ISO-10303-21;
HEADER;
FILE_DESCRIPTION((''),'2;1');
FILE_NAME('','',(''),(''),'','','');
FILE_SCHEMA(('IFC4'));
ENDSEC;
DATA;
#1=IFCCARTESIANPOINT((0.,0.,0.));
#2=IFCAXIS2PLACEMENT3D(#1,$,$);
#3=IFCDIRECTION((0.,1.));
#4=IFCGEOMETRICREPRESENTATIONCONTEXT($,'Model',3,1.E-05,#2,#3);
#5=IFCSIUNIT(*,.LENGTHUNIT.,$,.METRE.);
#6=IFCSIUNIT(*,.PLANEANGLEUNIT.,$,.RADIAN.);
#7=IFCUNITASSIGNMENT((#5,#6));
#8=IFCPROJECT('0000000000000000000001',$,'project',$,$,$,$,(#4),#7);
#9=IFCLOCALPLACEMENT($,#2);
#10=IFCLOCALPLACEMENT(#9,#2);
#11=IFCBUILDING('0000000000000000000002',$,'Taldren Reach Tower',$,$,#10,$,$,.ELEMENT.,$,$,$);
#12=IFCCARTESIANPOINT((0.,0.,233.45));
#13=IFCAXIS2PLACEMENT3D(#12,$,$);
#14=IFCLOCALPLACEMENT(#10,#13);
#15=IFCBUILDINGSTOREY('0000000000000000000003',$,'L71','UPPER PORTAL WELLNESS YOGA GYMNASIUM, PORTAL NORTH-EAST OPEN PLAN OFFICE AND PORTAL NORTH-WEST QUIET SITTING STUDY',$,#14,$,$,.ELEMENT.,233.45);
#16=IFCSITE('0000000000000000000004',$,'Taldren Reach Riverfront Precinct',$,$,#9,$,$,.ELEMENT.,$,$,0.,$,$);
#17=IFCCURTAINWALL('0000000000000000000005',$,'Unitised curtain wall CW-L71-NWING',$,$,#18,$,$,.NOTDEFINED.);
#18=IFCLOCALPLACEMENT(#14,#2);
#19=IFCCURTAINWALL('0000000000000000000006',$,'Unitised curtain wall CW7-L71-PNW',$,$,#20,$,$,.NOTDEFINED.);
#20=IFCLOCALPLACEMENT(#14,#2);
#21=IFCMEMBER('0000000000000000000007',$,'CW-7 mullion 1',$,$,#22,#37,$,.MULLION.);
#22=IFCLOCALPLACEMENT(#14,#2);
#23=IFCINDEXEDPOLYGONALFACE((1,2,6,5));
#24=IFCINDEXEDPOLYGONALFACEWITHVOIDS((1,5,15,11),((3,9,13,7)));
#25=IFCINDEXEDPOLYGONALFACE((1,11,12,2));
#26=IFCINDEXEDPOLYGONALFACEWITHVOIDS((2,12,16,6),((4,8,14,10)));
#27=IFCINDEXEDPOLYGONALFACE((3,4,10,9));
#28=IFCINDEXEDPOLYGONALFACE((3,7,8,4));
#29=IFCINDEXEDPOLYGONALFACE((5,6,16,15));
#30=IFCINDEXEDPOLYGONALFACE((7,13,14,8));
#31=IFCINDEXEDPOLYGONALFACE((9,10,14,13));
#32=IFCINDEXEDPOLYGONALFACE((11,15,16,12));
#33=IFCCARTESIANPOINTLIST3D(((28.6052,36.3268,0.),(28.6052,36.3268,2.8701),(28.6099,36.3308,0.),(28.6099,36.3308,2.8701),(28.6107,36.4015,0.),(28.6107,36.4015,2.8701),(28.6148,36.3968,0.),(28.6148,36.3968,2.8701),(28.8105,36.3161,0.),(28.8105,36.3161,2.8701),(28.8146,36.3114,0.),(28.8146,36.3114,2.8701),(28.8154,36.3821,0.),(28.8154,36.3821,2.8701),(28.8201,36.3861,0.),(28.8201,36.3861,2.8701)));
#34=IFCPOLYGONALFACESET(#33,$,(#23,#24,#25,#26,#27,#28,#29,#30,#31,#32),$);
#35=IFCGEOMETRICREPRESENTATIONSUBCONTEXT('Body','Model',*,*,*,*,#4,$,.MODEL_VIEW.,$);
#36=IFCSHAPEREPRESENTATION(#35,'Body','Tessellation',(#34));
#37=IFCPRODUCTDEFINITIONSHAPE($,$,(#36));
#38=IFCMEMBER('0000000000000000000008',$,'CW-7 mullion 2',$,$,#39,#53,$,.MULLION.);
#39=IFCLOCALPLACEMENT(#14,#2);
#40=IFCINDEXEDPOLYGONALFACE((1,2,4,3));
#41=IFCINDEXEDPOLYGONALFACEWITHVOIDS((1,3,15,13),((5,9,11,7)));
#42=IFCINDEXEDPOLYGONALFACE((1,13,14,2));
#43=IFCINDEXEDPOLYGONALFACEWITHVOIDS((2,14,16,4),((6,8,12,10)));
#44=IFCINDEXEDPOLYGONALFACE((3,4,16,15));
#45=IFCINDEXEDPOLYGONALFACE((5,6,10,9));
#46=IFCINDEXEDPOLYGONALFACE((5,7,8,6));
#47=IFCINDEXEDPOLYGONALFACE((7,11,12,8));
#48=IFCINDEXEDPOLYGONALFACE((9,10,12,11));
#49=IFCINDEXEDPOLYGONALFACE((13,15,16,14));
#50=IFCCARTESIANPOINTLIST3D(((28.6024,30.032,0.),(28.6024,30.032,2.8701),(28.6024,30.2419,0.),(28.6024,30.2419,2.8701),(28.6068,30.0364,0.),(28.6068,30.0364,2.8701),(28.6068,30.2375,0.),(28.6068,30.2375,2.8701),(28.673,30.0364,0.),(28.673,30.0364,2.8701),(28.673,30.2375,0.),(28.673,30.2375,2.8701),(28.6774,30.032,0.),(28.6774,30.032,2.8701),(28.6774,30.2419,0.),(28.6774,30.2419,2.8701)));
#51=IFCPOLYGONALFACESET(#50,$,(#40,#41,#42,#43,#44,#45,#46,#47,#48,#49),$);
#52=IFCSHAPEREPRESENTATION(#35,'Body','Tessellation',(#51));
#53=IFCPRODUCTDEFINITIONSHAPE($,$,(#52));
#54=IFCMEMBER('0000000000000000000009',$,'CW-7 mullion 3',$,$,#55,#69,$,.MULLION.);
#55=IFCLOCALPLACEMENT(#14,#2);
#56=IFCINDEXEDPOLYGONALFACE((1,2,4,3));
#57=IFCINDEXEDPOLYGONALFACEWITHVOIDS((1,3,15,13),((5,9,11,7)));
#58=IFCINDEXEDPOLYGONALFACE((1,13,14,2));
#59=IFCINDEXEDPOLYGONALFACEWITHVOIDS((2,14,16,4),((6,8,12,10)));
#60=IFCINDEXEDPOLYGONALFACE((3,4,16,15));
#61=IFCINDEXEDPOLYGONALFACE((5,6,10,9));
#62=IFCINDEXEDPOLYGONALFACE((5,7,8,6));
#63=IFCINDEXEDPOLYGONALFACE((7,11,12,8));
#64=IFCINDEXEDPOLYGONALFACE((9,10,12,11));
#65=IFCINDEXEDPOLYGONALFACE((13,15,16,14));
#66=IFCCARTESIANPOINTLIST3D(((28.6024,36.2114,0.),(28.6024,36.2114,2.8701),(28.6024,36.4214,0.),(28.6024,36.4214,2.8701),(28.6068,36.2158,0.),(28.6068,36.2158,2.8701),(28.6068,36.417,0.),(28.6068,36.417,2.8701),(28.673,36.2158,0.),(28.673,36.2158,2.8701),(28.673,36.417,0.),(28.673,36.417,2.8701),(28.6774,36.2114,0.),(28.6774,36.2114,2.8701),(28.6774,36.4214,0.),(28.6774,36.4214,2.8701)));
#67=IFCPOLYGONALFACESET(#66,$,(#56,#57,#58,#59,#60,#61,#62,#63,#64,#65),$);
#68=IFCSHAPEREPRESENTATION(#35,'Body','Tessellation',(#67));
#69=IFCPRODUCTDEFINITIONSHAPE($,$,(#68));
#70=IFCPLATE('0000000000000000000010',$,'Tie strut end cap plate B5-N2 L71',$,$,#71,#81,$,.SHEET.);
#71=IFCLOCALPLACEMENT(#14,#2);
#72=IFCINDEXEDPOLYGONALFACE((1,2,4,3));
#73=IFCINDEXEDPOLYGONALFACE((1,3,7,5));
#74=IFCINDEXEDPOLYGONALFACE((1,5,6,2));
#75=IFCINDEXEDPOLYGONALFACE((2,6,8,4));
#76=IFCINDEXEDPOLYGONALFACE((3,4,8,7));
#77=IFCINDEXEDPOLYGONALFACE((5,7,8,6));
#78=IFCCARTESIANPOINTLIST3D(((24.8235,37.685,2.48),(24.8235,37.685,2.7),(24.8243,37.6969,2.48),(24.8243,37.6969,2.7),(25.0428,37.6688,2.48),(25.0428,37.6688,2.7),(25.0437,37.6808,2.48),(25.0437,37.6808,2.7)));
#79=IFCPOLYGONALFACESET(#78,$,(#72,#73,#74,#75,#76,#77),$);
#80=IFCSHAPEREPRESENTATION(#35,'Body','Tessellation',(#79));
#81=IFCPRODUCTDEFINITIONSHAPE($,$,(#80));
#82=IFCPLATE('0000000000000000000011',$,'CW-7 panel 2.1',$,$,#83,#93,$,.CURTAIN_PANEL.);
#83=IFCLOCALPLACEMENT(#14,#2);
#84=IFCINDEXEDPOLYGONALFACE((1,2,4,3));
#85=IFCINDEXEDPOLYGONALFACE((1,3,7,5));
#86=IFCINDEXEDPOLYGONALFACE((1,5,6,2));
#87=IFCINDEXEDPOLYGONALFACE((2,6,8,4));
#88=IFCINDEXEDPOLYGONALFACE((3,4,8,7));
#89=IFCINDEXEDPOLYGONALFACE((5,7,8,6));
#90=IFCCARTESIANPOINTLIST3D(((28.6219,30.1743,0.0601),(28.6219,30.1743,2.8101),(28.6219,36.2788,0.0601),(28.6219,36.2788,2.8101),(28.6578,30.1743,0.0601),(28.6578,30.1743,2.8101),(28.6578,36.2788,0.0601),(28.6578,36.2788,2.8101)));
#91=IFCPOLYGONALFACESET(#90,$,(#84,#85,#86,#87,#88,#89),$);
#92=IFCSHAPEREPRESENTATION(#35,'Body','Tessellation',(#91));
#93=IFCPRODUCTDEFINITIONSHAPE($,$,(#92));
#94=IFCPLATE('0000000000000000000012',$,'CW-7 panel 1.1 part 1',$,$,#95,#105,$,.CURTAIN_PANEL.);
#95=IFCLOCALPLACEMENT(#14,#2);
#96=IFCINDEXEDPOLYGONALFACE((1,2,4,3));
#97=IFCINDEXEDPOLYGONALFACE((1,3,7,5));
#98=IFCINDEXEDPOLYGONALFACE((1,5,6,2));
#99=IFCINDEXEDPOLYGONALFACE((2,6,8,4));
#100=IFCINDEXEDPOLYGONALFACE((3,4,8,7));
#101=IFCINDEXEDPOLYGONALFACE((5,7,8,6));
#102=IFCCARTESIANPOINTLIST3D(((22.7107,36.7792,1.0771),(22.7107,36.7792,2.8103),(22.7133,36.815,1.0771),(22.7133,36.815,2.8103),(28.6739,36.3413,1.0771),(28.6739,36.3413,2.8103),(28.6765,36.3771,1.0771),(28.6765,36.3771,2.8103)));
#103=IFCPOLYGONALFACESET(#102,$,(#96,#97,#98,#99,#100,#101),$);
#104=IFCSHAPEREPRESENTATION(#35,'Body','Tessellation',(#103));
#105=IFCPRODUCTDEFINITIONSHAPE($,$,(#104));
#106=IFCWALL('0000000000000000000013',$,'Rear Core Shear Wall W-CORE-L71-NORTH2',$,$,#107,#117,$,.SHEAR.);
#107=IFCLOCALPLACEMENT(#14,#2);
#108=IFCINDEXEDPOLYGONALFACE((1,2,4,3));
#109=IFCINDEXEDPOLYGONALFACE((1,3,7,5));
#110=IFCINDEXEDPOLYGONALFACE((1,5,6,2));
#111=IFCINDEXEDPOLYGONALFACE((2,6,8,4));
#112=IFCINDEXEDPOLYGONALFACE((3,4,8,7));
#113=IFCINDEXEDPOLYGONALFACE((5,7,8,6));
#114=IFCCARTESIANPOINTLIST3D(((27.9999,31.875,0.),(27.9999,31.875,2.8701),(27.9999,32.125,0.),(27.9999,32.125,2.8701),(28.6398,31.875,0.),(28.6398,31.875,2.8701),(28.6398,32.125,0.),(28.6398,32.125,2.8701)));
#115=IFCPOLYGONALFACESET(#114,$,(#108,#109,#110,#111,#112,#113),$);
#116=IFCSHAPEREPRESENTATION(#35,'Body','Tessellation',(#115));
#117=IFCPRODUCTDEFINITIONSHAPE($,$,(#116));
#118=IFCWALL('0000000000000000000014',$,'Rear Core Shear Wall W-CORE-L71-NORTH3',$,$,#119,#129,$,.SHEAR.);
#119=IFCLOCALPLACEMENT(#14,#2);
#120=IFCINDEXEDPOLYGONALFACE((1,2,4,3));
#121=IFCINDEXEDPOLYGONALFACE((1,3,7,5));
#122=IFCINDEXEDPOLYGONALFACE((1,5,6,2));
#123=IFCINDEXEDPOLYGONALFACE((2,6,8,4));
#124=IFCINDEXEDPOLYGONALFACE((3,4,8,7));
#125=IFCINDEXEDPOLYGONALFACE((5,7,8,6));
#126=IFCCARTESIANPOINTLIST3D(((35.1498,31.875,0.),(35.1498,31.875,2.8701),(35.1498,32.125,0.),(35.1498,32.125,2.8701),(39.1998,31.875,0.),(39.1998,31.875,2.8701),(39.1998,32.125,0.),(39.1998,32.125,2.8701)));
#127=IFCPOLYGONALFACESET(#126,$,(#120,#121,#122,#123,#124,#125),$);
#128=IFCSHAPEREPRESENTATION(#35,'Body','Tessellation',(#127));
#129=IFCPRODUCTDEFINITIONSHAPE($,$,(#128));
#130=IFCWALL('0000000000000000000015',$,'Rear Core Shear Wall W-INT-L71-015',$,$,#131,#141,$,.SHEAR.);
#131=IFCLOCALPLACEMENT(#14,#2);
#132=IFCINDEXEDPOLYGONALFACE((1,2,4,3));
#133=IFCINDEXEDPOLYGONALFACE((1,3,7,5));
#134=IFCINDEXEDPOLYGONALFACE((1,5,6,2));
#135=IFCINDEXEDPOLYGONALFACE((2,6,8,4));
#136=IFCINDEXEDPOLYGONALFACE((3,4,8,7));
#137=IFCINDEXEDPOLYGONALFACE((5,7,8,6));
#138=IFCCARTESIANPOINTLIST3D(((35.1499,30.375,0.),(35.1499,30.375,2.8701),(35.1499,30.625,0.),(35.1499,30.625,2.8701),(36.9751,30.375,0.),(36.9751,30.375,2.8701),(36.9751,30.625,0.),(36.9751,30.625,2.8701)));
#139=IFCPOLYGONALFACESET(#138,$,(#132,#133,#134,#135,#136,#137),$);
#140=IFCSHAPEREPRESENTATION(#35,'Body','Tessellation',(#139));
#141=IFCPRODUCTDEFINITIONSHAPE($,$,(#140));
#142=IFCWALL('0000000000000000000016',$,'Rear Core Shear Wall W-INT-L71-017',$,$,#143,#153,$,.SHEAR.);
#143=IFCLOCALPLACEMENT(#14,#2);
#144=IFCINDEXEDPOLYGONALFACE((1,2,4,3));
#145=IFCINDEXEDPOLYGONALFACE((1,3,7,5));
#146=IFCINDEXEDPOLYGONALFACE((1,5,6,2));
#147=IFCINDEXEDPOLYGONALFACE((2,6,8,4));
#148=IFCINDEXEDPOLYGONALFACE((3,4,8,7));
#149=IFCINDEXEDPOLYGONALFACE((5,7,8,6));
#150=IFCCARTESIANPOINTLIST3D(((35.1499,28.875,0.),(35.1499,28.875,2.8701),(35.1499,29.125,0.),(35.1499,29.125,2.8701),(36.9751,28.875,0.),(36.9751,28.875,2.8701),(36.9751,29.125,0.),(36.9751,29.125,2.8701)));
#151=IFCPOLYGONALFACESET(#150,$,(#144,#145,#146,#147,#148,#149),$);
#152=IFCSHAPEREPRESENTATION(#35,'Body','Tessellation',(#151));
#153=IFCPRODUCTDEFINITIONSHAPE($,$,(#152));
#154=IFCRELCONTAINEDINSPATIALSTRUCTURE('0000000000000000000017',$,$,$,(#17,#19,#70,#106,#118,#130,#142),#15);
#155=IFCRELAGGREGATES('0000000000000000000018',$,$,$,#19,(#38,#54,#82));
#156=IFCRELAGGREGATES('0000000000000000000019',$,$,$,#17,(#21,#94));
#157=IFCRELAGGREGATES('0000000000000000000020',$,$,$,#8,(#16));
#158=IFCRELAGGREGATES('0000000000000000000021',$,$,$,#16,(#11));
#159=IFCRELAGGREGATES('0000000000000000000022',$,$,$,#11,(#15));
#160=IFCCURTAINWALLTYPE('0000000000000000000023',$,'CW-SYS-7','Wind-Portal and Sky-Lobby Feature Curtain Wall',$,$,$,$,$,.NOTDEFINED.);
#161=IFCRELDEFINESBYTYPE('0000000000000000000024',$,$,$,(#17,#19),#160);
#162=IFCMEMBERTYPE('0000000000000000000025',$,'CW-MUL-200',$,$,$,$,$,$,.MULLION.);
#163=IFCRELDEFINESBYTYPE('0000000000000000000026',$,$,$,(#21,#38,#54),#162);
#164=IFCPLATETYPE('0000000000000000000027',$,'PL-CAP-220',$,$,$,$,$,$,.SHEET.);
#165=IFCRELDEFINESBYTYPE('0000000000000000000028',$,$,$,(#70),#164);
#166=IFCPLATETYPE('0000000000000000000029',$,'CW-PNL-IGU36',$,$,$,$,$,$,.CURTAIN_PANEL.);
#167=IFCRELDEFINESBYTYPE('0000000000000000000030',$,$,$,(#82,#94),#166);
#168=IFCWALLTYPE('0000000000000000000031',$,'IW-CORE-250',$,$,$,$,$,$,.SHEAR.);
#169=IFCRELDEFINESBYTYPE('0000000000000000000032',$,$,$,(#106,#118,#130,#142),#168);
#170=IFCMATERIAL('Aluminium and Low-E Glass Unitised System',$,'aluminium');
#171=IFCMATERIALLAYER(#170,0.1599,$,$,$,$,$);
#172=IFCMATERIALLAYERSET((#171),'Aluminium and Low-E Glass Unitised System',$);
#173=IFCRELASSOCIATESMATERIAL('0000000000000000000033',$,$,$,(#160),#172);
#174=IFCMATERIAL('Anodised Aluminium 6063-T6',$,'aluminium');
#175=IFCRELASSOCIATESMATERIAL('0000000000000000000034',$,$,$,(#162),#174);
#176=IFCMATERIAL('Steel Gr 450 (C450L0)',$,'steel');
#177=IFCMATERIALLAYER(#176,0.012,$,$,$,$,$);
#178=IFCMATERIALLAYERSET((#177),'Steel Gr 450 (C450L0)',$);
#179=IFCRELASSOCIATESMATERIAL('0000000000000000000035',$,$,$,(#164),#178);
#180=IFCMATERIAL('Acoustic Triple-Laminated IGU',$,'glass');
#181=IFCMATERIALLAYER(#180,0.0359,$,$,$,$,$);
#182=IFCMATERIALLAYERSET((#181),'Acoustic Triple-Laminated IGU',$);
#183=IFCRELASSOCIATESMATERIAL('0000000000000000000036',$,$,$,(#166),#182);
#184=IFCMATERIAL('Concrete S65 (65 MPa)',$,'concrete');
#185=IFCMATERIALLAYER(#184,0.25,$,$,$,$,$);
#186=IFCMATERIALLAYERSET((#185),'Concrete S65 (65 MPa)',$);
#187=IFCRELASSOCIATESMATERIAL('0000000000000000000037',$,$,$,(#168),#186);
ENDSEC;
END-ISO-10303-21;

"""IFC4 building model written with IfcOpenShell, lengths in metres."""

from ifc_helpers import new_model, si_unit, direction, frame, frame_2d, origin, origin_2d, place, context, subcontext, project, spatial, rectangle, hollow_rectangle, extrude, source, transform, mapped, material, layer, layer_set, material_profile, profile_set, type_object, element, aggregate, save


model = new_model("IFC4")

# Units and contexts
model_context = context("Model", 3, precision=1e-05, world=origin(), true_north=direction((0.0, 1.0)))
body_context = subcontext(model_context, "Body", "Model", "MODEL_VIEW")
ifc_project = project(units=[si_unit("LENGTHUNIT", "METRE"), si_unit("PLANEANGLEUNIT", "RADIAN")], contexts=[model_context])

# Site, building, storey
site_placement = place(None, origin())
site = spatial("IfcSite", under=ifc_project, at=site_placement, Name="Taldren Reach Riverfront Precinct", CompositionType="ELEMENT", RefElevation=0.0)
building_placement = place(site_placement, origin())
building = spatial("IfcBuilding", under=site, at=building_placement, Name="Taldren Reach Tower", CompositionType="ELEMENT")
storey_placement = place(building_placement, frame((0.0, 0.0, 233.45)))
storey = spatial("IfcBuildingStorey", under=building, at=storey_placement, Name="L71", Description="UPPER PORTAL WELLNESS YOGA GYMNASIUM, PORTAL NORTH-EAST OPEN PLAN OFFICE AND PORTAL NORTH-WEST QUIET SITTING STUDY", CompositionType="ELEMENT", Elevation=233.45)

# Shared definitions
ifc_material_1 = material(Name="Steel Gr 450 (C450L0)", Category="steel")

# Curtain walls
ifc_material_2 = material(Name="Aluminium and Low-E Glass Unitised System", Category="aluminium")
ifc_layer_1 = layer(ifc_material_2, 0.1599)
ifc_layer_set_1 = layer_set([ifc_layer_1], Name="Aluminium and Low-E Glass Unitised System")
curtain_wall_type = type_object("IfcCurtainWallType", Name="CW-SYS-7", Description="Wind-Portal and Sky-Lobby Feature Curtain Wall", PredefinedType="NOTDEFINED", material=ifc_layer_set_1)
curtain_wall_1_placement = place(storey_placement, origin())
curtain_wall_1 = element("IfcCurtainWall", 1, at=curtain_wall_1_placement, inside=storey, type_object=curtain_wall_type, Name="Unitised curtain wall CW-L71-NWING", PredefinedType="NOTDEFINED")
ifc_material_3 = material(Name="Anodised Aluminium 6063-T6", Category="aluminium")
curtain_wall_2_placement = place(storey_placement, origin())
curtain_wall_2 = element("IfcCurtainWall", 2, at=curtain_wall_2_placement, inside=storey, type_object=curtain_wall_type, Name="Unitised curtain wall CW7-L71-PNW", PredefinedType="NOTDEFINED")

# Shared definitions
ifc_material_profile_1 = material_profile(ifc_material_3, hollow_rectangle(XDim=0.075, YDim=0.21, WallThickness=0.0044, at=origin_2d()), Name="ALU-210x75x4.5RHS")
ifc_profile_set_1 = profile_set([ifc_material_profile_1], Name="Anodised Aluminium 6063-T6")
member_type_1 = type_object("IfcMemberType", Name="CW-MUL-200", PredefinedType="MULLION", material=ifc_profile_set_1)
shared_shape_1 = source(origin(), body_context, "Body", "SweptSolid", [
    extrude(hollow_rectangle(XDim=0.075, YDim=0.21, WallThickness=0.0044, at=origin_2d()), origin(), (0.0, 0.0, 1.0), 2.8701),
])

# Members
member_1_placement = place(storey_placement, frame((28.7126, 36.3564, 0.0), z_axis=(0.0, 0.0, 1.0), x_axis=(-0.073238, -0.997314, 0.0)))
member_1 = element("IfcMember", 3, at=member_1_placement, type_object=member_type_1, Name="CW-7 mullion 1", PredefinedType="MULLION", context=body_context, shape_type="MappedRepresentation", body=[
    mapped(shared_shape_1, transform((0.0, 0.0, 0.0), scale=1.0)),
])
member_2_placement = place(storey_placement, frame((28.6399, 30.137, 0.0), z_axis=(0.0, 0.0, 1.0), x_axis=(-1.0, 0.0, 0.0)))
member_2 = element("IfcMember", 4, at=member_2_placement, type_object=member_type_1, Name="CW-7 mullion 2", PredefinedType="MULLION", context=body_context, shape_type="MappedRepresentation", body=[
    mapped(shared_shape_1, transform((0.0, 0.0, 0.0), scale=1.0)),
])
member_3_placement = place(storey_placement, frame((28.6399, 36.3164, 0.0), z_axis=(0.0, 0.0, 1.0), x_axis=(-1.0, 0.0, 0.0)))
member_3 = element("IfcMember", 5, at=member_3_placement, type_object=member_type_1, Name="CW-7 mullion 3", PredefinedType="MULLION", context=body_context, shape_type="MappedRepresentation", body=[
    mapped(shared_shape_1, transform((0.0, 0.0, 0.0), scale=1.0)),
])

# Plates
ifc_layer_2 = layer(ifc_material_1, 0.012)
ifc_layer_set_2 = layer_set([ifc_layer_2], Name="Steel Gr 450 (C450L0)")
plate_type_1 = type_object("IfcPlateType", Name="PL-CAP-220", PredefinedType="SHEET", material=ifc_layer_set_2)
shared_shape_2 = source(origin(), body_context, "Body", "SweptSolid", [
    extrude(rectangle(XDim=0.22, YDim=0.012, at=origin_2d()), origin(), (0.0, 0.0, 1.0), 0.22),
])
plate_1_placement = place(storey_placement, frame((24.9336, 37.6829, 2.48), z_axis=(0.0, 0.0, 1.0), x_axis=(0.997314, -0.073238, 0.0)))
element("IfcPlate", 6, at=plate_1_placement, inside=storey, type_object=plate_type_1, Name="Tie strut end cap plate B5-N2 L71", PredefinedType="SHEET", context=body_context, shape_type="MappedRepresentation", body=[
    mapped(shared_shape_2, transform((0.0, 0.0, 0.0), scale=1.0)),
])
ifc_material_4 = material(Name="Acoustic Triple-Laminated IGU", Category="glass")
ifc_layer_3 = layer(ifc_material_4, 0.0359)
ifc_layer_set_3 = layer_set([ifc_layer_3], Name="Acoustic Triple-Laminated IGU")
plate_type_2 = type_object("IfcPlateType", Name="CW-PNL-IGU36", PredefinedType="CURTAIN_PANEL", material=ifc_layer_set_3)
shared_shape_3 = source(origin(), body_context, "Body", "SweptSolid", [
    extrude(rectangle(XDim=6.1045, YDim=0.0359, at=origin_2d()), origin(), (0.0, 0.0, 1.0), 2.75),
])
plate_2_placement = place(storey_placement, frame((28.6399, 33.2266, 0.0601), z_axis=(0.0, 0.0, 1.0), x_axis=(0.0, 1.0, 0.0)))
plate_2 = element("IfcPlate", 7, at=plate_2_placement, type_object=plate_type_2, Name="CW-7 panel 2.1", PredefinedType="CURTAIN_PANEL", context=body_context, shape_type="MappedRepresentation", body=[
    mapped(shared_shape_3, transform((0.0, 0.0, 0.0), scale=1.0)),
])
aggregate(curtain_wall_2, [member_2, member_3, plate_2])
shared_shape_4 = source(origin(), body_context, "Body", "SweptSolid", [
    extrude(rectangle(XDim=5.9792, YDim=0.0359, at=origin_2d()), origin(), (0.0, 0.0, 1.0), 1.7332),
])
plate_3_placement = place(storey_placement, frame((25.6936, 36.5781, 1.0771), z_axis=(0.0, 0.0, 1.0), x_axis=(-0.997314, 0.073238, 0.0)))
plate_3 = element("IfcPlate", 8, at=plate_3_placement, type_object=plate_type_2, Name="CW-7 panel 1.1 part 1", PredefinedType="CURTAIN_PANEL", context=body_context, shape_type="MappedRepresentation", body=[
    mapped(shared_shape_4, transform((0.0, 0.0, 0.0), scale=1.0)),
])
aggregate(curtain_wall_1, [member_1, plate_3])

# Walls
ifc_material_5 = material(Name="Concrete S65 (65 MPa)", Category="concrete")
ifc_layer_4 = layer(ifc_material_5, 0.25)
ifc_layer_set_4 = layer_set([ifc_layer_4], Name="Concrete S65 (65 MPa)")
wall_type = type_object("IfcWallType", Name="IW-CORE-250", PredefinedType="SHEAR", material=ifc_layer_set_4)
shared_shape_5 = source(origin(), body_context, "Body", "SweptSolid", [
    extrude(rectangle(XDim=0.6399, YDim=0.25, at=frame_2d((0.3198, 0.0))), origin(), (0.0, 0.0, 1.0), 2.8701),
])
wall_1_placement = place(storey_placement, frame((28.0, 32.0, 0.0), z_axis=(0.0, 0.0, 1.0), x_axis=(1.0, 0.0, 0.0)))
element("IfcWall", 9, at=wall_1_placement, inside=storey, type_object=wall_type, Name="Rear Core Shear Wall W-CORE-L71-NORTH2", PredefinedType="SHEAR", context=body_context, shape_type="MappedRepresentation", body=[
    mapped(shared_shape_5, transform((0.0, 0.0, 0.0), scale=1.0)),
])
shared_shape_6 = source(origin(), body_context, "Body", "SweptSolid", [
    extrude(rectangle(XDim=4.05, YDim=0.25, at=frame_2d((2.0249, 0.0))), origin(), (0.0, 0.0, 1.0), 2.8701),
])
wall_2_placement = place(storey_placement, frame((35.1499, 32.0, 0.0), z_axis=(0.0, 0.0, 1.0), x_axis=(1.0, 0.0, 0.0)))
element("IfcWall", 10, at=wall_2_placement, inside=storey, type_object=wall_type, Name="Rear Core Shear Wall W-CORE-L71-NORTH3", PredefinedType="SHEAR", context=body_context, shape_type="MappedRepresentation", body=[
    mapped(shared_shape_6, transform((0.0, 0.0, 0.0), scale=1.0)),
])
shared_shape_7 = source(origin(), body_context, "Body", "SweptSolid", [
    extrude(rectangle(XDim=1.8252, YDim=0.25, at=frame_2d((0.9126, 0.0))), origin(), (0.0, 0.0, 1.0), 2.8701),
])
for number, where, z_axis, x_axis, name in (
    (11, (35.1499, 30.5, 0.0), (0.0, 0.0, 1.0), (1.0, 0.0, 0.0), "Rear Core Shear Wall W-INT-L71-015"),
    (12, (35.1499, 29.0, 0.0), (0.0, 0.0, 1.0), (1.0, 0.0, 0.0), "Rear Core Shear Wall W-INT-L71-017"),
):
    element("IfcWall", number, at=place(storey_placement, frame(where, z_axis=z_axis, x_axis=x_axis)), inside=storey, type_object=wall_type, Name=name, PredefinedType="SHEAR", context=body_context, shape_type="MappedRepresentation", body=[
        mapped(shared_shape_7, transform((0.0, 0.0, 0.0), scale=1.0)),
    ])

save(model, "model.ifc")
